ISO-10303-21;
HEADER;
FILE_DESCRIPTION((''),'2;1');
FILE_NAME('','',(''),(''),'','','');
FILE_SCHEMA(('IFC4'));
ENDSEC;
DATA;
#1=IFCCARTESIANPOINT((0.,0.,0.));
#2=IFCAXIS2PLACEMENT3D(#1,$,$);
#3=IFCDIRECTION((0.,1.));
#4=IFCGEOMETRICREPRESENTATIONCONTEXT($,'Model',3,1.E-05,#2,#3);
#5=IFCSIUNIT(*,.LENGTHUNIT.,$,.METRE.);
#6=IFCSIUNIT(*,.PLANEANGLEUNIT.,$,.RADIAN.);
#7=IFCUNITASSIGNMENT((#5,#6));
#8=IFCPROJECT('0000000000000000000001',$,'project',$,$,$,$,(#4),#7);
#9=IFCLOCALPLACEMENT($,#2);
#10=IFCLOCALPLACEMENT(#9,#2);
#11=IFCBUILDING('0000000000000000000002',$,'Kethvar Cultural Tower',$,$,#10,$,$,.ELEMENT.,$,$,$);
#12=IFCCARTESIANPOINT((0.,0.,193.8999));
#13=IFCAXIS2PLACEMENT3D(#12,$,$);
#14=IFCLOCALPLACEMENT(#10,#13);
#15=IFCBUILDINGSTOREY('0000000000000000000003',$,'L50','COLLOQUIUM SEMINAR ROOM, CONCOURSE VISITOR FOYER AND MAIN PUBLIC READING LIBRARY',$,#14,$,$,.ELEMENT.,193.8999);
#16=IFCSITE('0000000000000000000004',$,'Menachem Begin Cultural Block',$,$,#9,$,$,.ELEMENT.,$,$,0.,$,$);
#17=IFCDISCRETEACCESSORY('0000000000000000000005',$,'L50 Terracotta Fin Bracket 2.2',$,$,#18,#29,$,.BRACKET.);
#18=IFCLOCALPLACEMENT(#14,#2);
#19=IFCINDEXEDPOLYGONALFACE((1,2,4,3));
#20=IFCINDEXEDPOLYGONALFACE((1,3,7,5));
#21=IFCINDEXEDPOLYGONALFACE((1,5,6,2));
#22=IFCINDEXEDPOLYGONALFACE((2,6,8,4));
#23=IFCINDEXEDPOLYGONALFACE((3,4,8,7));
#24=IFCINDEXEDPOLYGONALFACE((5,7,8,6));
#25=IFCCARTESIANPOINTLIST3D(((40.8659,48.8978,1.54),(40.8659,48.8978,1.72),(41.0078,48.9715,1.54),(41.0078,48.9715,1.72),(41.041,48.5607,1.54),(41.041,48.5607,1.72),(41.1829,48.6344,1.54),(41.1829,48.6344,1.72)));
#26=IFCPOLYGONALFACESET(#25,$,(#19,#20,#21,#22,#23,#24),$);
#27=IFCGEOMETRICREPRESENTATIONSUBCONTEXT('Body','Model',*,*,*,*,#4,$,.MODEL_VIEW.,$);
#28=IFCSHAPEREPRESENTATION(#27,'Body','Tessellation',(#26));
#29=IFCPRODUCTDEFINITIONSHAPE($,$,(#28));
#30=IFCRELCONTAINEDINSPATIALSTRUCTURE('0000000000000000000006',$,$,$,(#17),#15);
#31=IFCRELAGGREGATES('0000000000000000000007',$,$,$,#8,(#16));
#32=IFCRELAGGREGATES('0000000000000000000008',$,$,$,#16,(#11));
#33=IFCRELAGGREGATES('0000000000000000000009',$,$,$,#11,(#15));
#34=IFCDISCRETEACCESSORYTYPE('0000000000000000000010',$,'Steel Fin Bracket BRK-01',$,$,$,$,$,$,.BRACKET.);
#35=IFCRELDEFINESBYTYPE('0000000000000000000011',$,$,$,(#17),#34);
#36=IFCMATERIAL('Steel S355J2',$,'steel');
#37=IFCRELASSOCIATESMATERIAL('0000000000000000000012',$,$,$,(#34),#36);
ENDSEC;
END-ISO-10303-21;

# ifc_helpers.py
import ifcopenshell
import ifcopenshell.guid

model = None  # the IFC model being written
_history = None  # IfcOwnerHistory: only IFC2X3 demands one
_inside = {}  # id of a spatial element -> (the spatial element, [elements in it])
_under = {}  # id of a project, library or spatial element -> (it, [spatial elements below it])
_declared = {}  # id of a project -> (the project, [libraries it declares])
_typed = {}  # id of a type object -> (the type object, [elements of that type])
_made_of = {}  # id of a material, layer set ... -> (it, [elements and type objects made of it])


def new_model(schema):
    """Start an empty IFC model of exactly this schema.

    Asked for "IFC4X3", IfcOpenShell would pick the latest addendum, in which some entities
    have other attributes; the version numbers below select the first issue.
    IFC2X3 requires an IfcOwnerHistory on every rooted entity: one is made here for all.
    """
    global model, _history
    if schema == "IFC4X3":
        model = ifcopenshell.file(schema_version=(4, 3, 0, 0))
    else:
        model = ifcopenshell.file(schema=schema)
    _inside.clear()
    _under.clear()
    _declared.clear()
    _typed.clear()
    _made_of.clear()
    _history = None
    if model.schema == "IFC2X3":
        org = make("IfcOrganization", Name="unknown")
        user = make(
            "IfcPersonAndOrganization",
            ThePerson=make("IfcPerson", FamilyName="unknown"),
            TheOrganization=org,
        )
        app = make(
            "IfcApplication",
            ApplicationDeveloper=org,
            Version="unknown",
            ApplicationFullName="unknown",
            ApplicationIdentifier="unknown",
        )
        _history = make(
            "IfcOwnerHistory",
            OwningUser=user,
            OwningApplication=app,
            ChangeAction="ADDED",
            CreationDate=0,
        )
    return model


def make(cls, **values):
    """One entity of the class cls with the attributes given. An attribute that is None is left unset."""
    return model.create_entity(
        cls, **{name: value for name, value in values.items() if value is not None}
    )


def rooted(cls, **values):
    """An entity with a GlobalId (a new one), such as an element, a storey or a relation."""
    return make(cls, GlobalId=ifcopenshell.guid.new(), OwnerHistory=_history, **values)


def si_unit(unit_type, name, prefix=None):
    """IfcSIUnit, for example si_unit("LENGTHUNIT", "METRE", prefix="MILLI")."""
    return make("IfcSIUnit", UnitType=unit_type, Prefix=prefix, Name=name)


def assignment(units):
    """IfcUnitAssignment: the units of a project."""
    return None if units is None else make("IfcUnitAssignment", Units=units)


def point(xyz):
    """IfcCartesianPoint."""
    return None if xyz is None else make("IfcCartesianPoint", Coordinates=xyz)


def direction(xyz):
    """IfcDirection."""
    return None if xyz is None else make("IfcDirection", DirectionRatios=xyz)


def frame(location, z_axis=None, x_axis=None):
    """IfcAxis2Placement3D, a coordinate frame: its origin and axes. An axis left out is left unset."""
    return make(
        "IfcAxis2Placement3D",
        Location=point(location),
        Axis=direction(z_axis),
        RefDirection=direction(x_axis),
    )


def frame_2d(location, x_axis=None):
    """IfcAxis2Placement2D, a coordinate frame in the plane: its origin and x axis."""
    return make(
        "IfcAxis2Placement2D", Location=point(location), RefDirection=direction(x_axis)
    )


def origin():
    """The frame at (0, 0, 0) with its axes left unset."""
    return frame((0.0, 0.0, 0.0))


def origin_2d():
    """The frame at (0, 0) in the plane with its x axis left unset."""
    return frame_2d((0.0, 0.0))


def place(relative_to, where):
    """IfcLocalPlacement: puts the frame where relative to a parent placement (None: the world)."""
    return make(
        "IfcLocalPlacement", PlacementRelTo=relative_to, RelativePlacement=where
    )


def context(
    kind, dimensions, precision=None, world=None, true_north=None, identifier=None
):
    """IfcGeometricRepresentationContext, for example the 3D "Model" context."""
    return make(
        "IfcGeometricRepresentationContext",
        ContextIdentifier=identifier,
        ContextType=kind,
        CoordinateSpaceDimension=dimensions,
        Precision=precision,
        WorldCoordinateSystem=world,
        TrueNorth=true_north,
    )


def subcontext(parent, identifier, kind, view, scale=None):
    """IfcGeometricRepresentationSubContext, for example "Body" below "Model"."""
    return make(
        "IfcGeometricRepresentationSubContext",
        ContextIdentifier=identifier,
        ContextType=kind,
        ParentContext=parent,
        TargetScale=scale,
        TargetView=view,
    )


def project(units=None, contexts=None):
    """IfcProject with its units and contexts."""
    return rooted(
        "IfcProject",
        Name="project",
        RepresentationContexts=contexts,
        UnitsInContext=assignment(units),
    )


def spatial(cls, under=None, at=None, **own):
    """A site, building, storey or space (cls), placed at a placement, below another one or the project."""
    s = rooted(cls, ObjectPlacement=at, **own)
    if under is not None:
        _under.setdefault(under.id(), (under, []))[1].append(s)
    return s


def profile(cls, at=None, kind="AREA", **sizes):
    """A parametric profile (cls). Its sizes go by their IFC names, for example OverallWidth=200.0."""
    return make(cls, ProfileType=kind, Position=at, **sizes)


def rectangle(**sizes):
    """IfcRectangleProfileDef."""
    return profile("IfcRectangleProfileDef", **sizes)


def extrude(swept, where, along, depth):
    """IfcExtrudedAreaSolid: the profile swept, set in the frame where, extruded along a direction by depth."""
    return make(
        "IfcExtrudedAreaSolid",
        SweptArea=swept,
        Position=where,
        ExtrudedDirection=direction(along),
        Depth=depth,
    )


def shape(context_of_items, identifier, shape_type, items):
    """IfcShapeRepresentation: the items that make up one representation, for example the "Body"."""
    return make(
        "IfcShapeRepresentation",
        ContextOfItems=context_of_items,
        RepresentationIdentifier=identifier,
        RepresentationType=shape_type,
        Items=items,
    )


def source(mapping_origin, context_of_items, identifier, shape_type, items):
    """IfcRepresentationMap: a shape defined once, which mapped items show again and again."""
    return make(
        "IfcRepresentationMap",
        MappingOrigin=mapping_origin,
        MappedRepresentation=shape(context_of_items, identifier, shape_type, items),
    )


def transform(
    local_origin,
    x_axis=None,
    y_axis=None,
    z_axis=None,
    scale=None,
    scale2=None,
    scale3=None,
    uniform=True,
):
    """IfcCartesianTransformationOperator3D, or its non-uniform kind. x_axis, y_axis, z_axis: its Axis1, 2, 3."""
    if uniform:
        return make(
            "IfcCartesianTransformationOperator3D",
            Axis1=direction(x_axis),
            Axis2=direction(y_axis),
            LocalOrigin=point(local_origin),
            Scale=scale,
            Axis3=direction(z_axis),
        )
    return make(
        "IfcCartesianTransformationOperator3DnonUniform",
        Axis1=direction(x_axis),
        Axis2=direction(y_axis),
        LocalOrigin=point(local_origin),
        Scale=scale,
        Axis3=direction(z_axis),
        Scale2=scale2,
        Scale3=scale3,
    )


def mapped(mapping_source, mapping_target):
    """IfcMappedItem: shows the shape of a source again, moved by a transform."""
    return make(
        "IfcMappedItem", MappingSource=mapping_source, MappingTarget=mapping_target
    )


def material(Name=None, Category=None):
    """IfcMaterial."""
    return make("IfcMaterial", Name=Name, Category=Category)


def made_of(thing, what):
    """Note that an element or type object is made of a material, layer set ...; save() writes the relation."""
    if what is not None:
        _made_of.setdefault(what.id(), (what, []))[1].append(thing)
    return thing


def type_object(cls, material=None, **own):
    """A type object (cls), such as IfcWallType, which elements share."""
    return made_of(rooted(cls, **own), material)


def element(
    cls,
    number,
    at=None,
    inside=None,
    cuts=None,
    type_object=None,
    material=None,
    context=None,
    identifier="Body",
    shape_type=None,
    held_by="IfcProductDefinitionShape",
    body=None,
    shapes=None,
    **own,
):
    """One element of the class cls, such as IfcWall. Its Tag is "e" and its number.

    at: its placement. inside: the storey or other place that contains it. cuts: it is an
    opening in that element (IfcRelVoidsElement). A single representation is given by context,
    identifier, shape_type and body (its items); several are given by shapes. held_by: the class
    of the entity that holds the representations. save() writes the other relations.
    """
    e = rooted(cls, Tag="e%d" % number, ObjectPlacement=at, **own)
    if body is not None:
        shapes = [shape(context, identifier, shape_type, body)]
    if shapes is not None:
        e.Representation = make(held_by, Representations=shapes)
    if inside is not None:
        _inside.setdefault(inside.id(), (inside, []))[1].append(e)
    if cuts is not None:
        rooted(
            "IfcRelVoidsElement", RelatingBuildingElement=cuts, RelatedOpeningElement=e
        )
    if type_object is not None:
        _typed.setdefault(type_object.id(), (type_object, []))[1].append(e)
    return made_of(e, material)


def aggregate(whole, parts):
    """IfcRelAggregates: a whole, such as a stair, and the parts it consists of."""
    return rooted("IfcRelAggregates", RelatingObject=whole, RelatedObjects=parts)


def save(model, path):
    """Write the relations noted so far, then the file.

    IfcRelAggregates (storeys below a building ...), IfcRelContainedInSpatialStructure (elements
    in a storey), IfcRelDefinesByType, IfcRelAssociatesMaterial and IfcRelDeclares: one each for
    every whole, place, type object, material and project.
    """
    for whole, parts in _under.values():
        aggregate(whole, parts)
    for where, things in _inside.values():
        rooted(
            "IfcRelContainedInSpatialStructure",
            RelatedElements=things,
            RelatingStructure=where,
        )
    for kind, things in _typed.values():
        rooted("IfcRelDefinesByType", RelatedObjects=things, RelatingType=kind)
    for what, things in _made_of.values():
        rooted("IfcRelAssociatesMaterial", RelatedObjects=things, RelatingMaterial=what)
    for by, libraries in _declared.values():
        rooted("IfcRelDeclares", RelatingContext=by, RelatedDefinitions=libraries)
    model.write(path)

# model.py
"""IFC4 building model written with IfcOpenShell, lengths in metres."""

from ifc_helpers import new_model, si_unit, direction, frame, origin, origin_2d, place, context, subcontext, project, spatial, rectangle, extrude, source, transform, mapped, material, type_object, element, save


model = new_model("IFC4")

# Units and contexts
model_context = context("Model", 3, precision=1e-05, world=origin(), true_north=direction((0.0, 1.0)))
body_context = subcontext(model_context, "Body", "Model", "MODEL_VIEW")
ifc_project = project(units=[si_unit("LENGTHUNIT", "METRE"), si_unit("PLANEANGLEUNIT", "RADIAN")], contexts=[model_context])

# Site, building, storey
site_placement = place(None, origin())
site = spatial("IfcSite", under=ifc_project, at=site_placement, Name="Menachem Begin Cultural Block", CompositionType="ELEMENT", RefElevation=0.0)
building_placement = place(site_placement, origin())
building = spatial("IfcBuilding", under=site, at=building_placement, Name="Kethvar Cultural Tower", CompositionType="ELEMENT")
storey_placement = place(building_placement, frame((0.0, 0.0, 193.8999)))
storey = spatial("IfcBuildingStorey", under=building, at=storey_placement, Name="L50", Description="COLLOQUIUM SEMINAR ROOM, CONCOURSE VISITOR FOYER AND MAIN PUBLIC READING LIBRARY", CompositionType="ELEMENT", Elevation=193.8999)

# Shared definitions
ifc_material_1 = material(Name="Steel S355J2", Category="steel")

# Discrete accessory
discrete_accessory_type = type_object("IfcDiscreteAccessoryType", Name="Steel Fin Bracket BRK-01", PredefinedType="BRACKET", material=ifc_material_1)
shared_shape_1 = source(origin(), body_context, "Body", "SweptSolid", [
    extrude(rectangle(XDim=0.3799, YDim=0.1599, at=origin_2d()), origin(), (0.0, 0.0, 1.0), 0.1799),
])
for number, where, z_axis, x_axis, name in (
    (1, (41.0244, 48.7661, 1.54), (0.0, 0.0, 1.0), (-0.460974, 0.887413, 0.0), "L50 Terracotta Fin Bracket 2.2"),
):
    element("IfcDiscreteAccessory", number, at=place(storey_placement, frame(where, z_axis=z_axis, x_axis=x_axis)), inside=storey, type_object=discrete_accessory_type, Name=name, PredefinedType="BRACKET", context=body_context, shape_type="MappedRepresentation", body=[
        mapped(shared_shape_1, transform((0.0, 0.0, 0.0), scale=1.0)),
    ])

save(model, "model.ifc")
